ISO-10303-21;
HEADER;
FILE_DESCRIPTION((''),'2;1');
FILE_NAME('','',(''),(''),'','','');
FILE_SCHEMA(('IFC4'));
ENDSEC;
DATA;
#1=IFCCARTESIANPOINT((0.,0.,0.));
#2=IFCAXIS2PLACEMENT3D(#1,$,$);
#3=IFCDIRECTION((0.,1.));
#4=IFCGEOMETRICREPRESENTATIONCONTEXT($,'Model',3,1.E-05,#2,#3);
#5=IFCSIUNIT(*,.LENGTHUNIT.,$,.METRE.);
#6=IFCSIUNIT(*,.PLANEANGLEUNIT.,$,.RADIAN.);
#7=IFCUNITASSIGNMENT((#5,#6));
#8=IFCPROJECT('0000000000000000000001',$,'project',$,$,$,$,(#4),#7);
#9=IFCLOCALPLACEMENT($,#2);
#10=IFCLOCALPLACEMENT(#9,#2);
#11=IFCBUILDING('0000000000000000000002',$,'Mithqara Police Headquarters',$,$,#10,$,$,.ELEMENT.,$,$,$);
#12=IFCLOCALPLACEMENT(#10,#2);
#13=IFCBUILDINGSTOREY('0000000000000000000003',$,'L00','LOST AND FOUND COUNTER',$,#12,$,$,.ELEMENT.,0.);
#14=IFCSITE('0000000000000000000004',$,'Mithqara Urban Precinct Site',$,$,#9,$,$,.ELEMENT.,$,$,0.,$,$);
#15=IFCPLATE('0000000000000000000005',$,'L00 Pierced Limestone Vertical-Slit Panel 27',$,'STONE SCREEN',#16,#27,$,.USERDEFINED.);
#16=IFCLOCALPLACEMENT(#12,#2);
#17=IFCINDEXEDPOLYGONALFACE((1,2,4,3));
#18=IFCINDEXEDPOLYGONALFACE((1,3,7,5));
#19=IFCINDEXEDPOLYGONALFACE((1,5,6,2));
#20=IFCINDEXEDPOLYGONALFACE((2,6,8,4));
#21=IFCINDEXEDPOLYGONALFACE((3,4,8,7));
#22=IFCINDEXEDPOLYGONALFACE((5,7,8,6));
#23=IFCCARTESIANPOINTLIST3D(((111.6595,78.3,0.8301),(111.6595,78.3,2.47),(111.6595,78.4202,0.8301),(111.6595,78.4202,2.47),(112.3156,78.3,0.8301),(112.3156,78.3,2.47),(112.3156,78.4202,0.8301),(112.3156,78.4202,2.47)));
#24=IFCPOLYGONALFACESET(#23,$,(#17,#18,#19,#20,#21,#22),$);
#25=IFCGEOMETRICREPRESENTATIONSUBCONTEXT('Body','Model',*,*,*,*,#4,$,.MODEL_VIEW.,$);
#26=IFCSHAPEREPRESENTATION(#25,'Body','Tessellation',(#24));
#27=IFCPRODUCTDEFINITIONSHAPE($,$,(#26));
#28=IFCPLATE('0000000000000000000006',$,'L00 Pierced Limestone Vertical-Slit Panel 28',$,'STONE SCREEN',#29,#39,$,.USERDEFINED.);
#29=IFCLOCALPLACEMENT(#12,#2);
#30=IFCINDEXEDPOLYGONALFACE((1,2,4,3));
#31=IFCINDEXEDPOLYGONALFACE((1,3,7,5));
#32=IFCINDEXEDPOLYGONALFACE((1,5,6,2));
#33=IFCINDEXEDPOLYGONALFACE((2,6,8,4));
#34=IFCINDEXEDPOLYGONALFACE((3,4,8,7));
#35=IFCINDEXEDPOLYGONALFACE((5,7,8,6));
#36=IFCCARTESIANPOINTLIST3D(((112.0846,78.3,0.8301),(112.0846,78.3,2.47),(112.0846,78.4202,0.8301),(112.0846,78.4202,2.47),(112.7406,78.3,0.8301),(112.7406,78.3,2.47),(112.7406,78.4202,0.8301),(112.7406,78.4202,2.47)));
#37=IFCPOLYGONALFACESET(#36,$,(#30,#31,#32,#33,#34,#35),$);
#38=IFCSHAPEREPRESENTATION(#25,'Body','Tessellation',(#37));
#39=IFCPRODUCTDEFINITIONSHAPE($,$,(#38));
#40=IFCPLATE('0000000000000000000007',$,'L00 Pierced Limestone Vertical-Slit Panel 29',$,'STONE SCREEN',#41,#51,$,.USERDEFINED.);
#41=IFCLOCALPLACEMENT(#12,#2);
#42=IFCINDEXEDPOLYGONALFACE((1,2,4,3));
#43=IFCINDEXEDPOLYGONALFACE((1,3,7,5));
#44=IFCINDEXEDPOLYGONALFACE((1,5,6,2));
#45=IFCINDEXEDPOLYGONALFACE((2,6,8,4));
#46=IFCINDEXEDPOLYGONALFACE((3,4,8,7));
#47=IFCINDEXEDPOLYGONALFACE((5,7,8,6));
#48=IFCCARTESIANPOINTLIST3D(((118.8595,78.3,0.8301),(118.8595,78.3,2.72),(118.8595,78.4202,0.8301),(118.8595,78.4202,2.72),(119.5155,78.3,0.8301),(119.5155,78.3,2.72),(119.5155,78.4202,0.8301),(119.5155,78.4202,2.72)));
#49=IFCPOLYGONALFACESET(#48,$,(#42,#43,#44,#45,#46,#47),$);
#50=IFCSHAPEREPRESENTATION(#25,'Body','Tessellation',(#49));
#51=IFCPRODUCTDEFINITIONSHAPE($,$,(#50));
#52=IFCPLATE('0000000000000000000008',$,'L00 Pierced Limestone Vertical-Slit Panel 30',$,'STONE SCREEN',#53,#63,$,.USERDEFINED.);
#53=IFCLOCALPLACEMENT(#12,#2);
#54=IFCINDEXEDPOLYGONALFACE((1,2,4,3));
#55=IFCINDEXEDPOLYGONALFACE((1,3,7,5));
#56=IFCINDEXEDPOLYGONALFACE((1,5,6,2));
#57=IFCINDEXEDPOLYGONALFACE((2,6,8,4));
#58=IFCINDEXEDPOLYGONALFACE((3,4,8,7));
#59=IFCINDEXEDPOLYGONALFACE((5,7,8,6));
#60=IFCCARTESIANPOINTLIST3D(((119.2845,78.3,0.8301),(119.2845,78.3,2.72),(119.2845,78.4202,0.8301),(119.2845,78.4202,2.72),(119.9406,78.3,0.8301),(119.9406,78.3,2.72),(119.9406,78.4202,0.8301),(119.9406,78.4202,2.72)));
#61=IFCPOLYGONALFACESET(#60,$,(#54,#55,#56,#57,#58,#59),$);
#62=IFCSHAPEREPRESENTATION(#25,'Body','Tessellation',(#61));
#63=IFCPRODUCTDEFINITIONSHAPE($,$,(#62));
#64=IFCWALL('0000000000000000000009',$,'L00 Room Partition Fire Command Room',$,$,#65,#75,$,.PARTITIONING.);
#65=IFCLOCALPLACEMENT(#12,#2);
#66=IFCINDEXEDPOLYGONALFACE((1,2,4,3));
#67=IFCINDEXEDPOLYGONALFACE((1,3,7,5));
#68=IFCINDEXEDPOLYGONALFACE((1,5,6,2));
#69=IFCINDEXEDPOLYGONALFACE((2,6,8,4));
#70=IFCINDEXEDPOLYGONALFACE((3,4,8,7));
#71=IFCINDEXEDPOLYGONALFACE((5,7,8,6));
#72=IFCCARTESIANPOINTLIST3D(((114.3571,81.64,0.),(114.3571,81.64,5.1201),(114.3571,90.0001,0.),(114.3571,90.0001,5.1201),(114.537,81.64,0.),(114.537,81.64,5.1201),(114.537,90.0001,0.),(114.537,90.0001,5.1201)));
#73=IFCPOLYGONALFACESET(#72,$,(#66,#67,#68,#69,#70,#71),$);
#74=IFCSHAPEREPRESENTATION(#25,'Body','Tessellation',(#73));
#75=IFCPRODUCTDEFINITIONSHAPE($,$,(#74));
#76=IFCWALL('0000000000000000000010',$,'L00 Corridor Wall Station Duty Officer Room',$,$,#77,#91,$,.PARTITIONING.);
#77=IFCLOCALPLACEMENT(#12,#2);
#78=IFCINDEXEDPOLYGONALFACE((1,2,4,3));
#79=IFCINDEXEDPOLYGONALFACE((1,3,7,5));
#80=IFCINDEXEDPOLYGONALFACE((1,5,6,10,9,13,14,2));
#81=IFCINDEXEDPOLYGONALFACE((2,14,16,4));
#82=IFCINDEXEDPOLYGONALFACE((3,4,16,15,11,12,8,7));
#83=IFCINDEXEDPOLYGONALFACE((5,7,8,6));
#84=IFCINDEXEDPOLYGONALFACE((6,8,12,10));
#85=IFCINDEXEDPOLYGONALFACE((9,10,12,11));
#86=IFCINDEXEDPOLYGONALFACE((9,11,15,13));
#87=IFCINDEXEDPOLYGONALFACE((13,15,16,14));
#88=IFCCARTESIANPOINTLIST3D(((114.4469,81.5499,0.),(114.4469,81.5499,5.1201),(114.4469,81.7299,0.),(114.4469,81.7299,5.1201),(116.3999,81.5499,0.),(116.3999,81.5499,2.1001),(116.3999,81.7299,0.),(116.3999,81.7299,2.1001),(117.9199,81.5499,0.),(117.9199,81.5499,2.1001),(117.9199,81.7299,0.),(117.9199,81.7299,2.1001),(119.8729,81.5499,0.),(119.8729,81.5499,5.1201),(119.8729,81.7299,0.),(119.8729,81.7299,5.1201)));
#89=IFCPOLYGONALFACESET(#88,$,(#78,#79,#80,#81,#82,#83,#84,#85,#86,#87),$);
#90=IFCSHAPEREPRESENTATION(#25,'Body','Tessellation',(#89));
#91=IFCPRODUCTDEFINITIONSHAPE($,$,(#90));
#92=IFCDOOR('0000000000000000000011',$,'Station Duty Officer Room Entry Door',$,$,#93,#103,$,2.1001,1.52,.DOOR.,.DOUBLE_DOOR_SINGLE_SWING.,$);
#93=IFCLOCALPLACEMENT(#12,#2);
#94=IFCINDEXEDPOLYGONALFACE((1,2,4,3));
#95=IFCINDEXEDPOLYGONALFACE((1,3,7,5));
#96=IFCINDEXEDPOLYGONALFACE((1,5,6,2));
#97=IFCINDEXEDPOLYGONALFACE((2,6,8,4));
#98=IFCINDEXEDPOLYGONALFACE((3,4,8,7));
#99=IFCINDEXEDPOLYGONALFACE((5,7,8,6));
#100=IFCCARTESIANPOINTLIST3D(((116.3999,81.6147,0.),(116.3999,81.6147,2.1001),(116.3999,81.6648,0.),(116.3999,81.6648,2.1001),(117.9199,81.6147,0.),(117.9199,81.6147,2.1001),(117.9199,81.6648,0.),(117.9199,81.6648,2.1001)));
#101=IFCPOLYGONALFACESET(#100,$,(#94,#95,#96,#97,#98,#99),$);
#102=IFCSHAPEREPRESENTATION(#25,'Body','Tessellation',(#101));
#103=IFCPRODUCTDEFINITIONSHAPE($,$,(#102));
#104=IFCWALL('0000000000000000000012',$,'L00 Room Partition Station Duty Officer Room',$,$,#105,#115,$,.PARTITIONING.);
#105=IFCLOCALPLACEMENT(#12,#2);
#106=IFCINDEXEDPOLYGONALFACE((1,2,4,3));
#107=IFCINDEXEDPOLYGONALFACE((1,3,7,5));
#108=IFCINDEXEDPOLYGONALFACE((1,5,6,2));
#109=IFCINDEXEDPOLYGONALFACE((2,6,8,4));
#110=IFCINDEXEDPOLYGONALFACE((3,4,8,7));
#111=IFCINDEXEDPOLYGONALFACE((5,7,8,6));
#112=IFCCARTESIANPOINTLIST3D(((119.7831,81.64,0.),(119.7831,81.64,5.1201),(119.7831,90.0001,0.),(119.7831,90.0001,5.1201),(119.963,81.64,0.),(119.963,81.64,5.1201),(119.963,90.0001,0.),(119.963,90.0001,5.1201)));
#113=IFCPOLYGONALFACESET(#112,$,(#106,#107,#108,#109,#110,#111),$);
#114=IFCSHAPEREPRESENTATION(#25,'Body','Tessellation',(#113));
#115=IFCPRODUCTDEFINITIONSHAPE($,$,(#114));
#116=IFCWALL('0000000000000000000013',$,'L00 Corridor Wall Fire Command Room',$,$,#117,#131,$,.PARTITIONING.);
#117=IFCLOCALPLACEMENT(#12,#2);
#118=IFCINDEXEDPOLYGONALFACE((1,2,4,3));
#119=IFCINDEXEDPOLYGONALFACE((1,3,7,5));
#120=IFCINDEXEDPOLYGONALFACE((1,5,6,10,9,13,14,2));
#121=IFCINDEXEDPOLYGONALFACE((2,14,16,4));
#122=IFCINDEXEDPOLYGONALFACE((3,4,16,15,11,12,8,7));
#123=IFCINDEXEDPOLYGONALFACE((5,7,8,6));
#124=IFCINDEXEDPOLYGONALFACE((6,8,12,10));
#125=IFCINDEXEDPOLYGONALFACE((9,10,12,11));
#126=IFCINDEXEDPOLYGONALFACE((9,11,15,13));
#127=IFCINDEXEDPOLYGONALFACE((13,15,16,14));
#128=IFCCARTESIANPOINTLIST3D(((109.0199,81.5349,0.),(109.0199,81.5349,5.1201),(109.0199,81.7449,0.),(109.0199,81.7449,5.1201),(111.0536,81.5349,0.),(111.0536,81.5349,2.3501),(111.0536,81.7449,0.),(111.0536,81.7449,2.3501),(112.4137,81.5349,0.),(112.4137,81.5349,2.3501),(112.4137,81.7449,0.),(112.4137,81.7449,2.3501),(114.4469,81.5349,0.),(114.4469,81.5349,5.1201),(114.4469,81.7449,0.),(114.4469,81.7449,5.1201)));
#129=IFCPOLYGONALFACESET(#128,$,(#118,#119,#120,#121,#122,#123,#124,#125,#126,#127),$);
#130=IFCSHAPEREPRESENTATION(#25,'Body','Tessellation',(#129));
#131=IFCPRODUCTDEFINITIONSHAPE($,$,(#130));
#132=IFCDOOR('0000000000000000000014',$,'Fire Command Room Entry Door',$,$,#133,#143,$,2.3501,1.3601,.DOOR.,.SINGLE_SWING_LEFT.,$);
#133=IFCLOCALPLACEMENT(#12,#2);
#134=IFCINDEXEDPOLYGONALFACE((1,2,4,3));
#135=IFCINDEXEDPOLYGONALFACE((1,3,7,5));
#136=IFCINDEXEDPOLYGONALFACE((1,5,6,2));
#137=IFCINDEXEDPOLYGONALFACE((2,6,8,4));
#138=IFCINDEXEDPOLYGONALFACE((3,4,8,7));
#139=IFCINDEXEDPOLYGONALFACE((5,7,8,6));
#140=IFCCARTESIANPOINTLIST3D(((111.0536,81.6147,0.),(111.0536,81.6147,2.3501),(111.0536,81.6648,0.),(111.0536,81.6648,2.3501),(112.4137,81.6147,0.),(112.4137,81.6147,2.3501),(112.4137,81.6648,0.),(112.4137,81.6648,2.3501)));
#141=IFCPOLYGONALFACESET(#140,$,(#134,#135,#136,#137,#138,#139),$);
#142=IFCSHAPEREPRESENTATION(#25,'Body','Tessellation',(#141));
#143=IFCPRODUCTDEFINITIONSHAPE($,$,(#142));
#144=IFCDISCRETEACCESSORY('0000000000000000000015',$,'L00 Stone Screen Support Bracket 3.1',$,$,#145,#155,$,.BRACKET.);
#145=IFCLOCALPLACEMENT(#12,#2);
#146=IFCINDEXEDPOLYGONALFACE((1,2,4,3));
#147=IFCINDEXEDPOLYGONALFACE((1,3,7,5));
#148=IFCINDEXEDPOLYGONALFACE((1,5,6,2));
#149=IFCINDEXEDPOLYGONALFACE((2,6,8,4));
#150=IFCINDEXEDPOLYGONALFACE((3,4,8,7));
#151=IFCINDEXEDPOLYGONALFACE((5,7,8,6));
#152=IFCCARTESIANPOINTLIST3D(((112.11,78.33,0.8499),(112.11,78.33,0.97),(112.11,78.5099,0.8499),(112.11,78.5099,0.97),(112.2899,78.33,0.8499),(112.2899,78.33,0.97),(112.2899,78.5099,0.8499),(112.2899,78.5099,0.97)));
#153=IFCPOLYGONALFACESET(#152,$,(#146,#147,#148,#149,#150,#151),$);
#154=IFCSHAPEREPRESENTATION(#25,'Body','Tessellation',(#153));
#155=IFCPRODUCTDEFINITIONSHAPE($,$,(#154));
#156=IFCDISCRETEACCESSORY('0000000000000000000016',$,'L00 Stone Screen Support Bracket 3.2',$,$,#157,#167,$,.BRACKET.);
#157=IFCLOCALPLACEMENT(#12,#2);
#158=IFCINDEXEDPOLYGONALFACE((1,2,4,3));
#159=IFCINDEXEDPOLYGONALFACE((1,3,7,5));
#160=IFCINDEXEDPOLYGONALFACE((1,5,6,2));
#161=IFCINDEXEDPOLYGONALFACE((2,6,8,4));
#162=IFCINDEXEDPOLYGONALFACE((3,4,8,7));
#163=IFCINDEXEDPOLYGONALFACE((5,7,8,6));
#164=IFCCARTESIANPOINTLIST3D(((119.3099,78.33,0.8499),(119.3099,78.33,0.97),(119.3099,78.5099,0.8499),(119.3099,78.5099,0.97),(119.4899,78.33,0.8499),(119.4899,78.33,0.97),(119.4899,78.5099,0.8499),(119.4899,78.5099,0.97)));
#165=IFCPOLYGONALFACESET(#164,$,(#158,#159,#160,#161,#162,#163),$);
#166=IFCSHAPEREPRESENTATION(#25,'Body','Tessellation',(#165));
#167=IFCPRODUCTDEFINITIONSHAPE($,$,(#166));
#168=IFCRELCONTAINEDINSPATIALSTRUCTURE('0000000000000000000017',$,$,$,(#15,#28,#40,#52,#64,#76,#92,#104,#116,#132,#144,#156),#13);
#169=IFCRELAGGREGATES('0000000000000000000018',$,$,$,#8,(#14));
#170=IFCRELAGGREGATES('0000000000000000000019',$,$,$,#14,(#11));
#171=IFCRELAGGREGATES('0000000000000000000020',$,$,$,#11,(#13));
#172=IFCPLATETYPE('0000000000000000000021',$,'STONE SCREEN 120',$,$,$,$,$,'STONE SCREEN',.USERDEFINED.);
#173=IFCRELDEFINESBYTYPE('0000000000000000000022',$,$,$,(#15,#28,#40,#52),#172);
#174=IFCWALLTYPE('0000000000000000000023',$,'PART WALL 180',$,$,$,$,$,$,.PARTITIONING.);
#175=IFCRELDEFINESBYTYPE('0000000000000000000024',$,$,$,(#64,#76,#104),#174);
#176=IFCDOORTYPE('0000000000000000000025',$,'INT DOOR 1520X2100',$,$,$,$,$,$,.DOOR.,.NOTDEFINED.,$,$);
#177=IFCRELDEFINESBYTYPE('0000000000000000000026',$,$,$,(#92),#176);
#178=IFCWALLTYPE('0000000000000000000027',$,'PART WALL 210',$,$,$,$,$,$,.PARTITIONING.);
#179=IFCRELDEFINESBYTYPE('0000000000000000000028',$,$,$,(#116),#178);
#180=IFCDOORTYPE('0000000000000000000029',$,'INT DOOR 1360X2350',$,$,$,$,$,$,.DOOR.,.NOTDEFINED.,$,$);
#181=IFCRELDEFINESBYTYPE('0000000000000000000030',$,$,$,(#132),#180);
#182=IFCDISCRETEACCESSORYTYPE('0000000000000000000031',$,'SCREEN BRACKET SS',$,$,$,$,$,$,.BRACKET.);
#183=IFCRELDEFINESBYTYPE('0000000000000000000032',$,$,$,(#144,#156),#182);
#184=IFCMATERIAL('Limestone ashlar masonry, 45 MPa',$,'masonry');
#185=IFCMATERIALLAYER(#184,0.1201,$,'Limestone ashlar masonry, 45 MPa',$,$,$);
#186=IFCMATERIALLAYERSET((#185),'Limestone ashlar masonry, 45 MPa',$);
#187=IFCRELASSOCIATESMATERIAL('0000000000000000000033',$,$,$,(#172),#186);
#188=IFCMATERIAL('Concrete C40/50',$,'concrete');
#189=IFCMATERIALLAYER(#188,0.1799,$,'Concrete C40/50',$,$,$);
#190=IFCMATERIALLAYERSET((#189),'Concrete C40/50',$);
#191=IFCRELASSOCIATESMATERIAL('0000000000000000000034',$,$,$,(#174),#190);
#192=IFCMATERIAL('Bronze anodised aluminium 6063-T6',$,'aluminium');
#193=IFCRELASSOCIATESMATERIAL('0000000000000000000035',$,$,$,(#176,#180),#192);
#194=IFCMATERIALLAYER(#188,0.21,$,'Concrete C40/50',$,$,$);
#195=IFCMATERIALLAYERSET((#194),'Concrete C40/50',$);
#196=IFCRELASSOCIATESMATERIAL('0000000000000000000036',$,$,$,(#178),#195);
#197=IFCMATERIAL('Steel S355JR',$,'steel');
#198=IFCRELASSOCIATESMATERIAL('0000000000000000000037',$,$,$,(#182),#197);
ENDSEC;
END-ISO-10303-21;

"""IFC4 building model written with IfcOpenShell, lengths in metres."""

from ifc_helpers import new_model, si_unit, direction, frame, frame_2d, origin, origin_2d, place, context, subcontext, project, spatial, rectangle, extrude, material, layer, layer_set, type_object, element, fill, save


model = new_model("IFC4")

# Units and contexts
model_context = context("Model", 3, precision=1e-05, world=origin(), true_north=direction((0.0, 1.0)))
body_context = subcontext(model_context, "Body", "Model", "MODEL_VIEW")
ifc_project = project(units=[si_unit("LENGTHUNIT", "METRE"), si_unit("PLANEANGLEUNIT", "RADIAN")], contexts=[model_context])

# Site, building, storey
site_placement = place(None, origin())
site = spatial("IfcSite", under=ifc_project, at=site_placement, Name="Mithqara Urban Precinct Site", CompositionType="ELEMENT", RefElevation=0.0)
building_placement = place(site_placement, origin())
building = spatial("IfcBuilding", under=site, at=building_placement, Name="Mithqara Police Headquarters", CompositionType="ELEMENT")
storey_placement = place(building_placement, origin())
storey = spatial("IfcBuildingStorey", under=building, at=storey_placement, Name="L00", Description="LOST AND FOUND COUNTER", CompositionType="ELEMENT", Elevation=0.0)

# Shared definitions
ifc_material_1 = material(Name="Steel S355JR", Category="steel")
ifc_material_2 = material(Name="Concrete C40/50", Category="concrete")

# Plates
ifc_material_3 = material(Name="Limestone ashlar masonry, 45 MPa", Category="masonry")
ifc_layer_1 = layer(ifc_material_3, 0.1201, Name="Limestone ashlar masonry, 45 MPa")
ifc_layer_set_1 = layer_set([ifc_layer_1], Name="Limestone ashlar masonry, 45 MPa")
plate_type = type_object("IfcPlateType", Name="STONE SCREEN 120", ElementType="STONE SCREEN", PredefinedType="USERDEFINED", material=ifc_layer_set_1)
for number, where, z_axis, x_axis, name in (
    (1, (111.9875, 78.3601, 0.8301), (0.0, 0.0, 1.0), (1.0, 0.0, 0.0), "L00 Pierced Limestone Vertical-Slit Panel 27"),
    (2, (112.4126, 78.3601, 0.8301), (0.0, 0.0, 1.0), (1.0, 0.0, 0.0), "L00 Pierced Limestone Vertical-Slit Panel 28"),
):
    element("IfcPlate", number, at=place(storey_placement, frame(where, z_axis=z_axis, x_axis=x_axis)), inside=storey, type_object=plate_type, Name=name, ObjectType="STONE SCREEN", PredefinedType="USERDEFINED", context=body_context, shape_type="SweptSolid", body=[
        extrude(rectangle(XDim=0.656, YDim=0.1201, at=origin_2d()), origin(), (0.0, 0.0, 1.0), 1.6399),
    ])
for number, where, z_axis, x_axis, name in (
    (3, (119.1875, 78.3601, 0.8301), (0.0, 0.0, 1.0), (1.0, 0.0, 0.0), "L00 Pierced Limestone Vertical-Slit Panel 29"),
    (4, (119.6125, 78.3601, 0.8301), (0.0, 0.0, 1.0), (1.0, 0.0, 0.0), "L00 Pierced Limestone Vertical-Slit Panel 30"),
):
    element("IfcPlate", number, at=place(storey_placement, frame(where, z_axis=z_axis, x_axis=x_axis)), inside=storey, type_object=plate_type, Name=name, ObjectType="STONE SCREEN", PredefinedType="USERDEFINED", context=body_context, shape_type="SweptSolid", body=[
        extrude(rectangle(XDim=0.656, YDim=0.1201, at=origin_2d()), origin(), (0.0, 0.0, 1.0), 1.8899),
    ])

# Wall
ifc_layer_2 = layer(ifc_material_2, 0.1799, Name="Concrete C40/50")
ifc_layer_set_2 = layer_set([ifc_layer_2], Name="Concrete C40/50")
wall_type_1 = type_object("IfcWallType", Name="PART WALL 180", PredefinedType="PARTITIONING", material=ifc_layer_set_2)
wall_1_placement = place(storey_placement, frame((114.447, 81.6399, 0.0), z_axis=(0.0, 0.0, 1.0), x_axis=(0.0, 1.0, 0.0)))
element("IfcWall", 5, at=wall_1_placement, inside=storey, type_object=wall_type_1, Name="L00 Room Partition Fire Command Room", PredefinedType="PARTITIONING", context=body_context, shape_type="SweptSolid", body=[
    extrude(rectangle(XDim=8.3601, YDim=0.1799, at=frame_2d((4.1802, 0.0))), origin(), (0.0, 0.0, 1.0), 5.1201),
])

# Wall, opening, door
wall_2_placement = place(storey_placement, frame((114.447, 81.6399, 0.0), z_axis=(0.0, 0.0, 1.0), x_axis=(1.0, 0.0, 0.0)))
wall_2 = element("IfcWall", 6, at=wall_2_placement, inside=storey, type_object=wall_type_1, Name="L00 Corridor Wall Station Duty Officer Room", PredefinedType="PARTITIONING", context=body_context, shape_type="SweptSolid", body=[
    extrude(rectangle(XDim=5.426, YDim=0.1799, at=frame_2d((2.7129, 0.0))), origin(), (0.0, 0.0, 1.0), 5.1201),
])
opening_1_placement = place(wall_2_placement, frame((1.9529, 0.0, 0.0)))
opening_1 = element("IfcOpeningElement", 7, at=opening_1_placement, cuts=wall_2, PredefinedType="OPENING", context=body_context, shape_type="SweptSolid", body=[
    extrude(rectangle(XDim=1.52, YDim=2.1001, at=frame_2d((0.76, 1.05))), frame((0.0, 0.1001, 0.0), z_axis=(0.0, -1.0, 0.0), x_axis=(1.0, 0.0, 0.0)), (0.0, 0.0, 1.0), 0.2),
])
ifc_material_4 = material(Name="Bronze anodised aluminium 6063-T6", Category="aluminium")
door_type_1 = type_object("IfcDoorType", Name="INT DOOR 1520X2100", OperationType="NOTDEFINED", PredefinedType="DOOR", material=ifc_material_4)
door_1_placement = place(opening_1_placement, origin())
door_1 = element("IfcDoor", 8, at=door_1_placement, inside=storey, type_object=door_type_1, Name="Station Duty Officer Room Entry Door", OperationType="DOUBLE_DOOR_SINGLE_SWING", OverallHeight=2.1001, OverallWidth=1.52, PredefinedType="DOOR", context=body_context, shape_type="SweptSolid", body=[
    extrude(rectangle(XDim=1.52, YDim=2.1001, at=frame_2d((0.76, 1.05))), frame((0.0, 0.0249, 0.0), z_axis=(0.0, -1.0, 0.0), x_axis=(1.0, 0.0, 0.0)), (0.0, 0.0, 1.0), 0.05),
])
fill(opening_1, door_1)

# Wall
wall_3_placement = place(storey_placement, frame((119.873, 81.6399, 0.0), z_axis=(0.0, 0.0, 1.0), x_axis=(0.0, 1.0, 0.0)))
element("IfcWall", 9, at=wall_3_placement, inside=storey, type_object=wall_type_1, Name="L00 Room Partition Station Duty Officer Room", PredefinedType="PARTITIONING", context=body_context, shape_type="SweptSolid", body=[
    extrude(rectangle(XDim=8.3601, YDim=0.1799, at=frame_2d((4.1802, 0.0))), origin(), (0.0, 0.0, 1.0), 5.1201),
])

# Wall, opening, door
ifc_layer_3 = layer(ifc_material_2, 0.21, Name="Concrete C40/50")
ifc_layer_set_3 = layer_set([ifc_layer_3], Name="Concrete C40/50")
wall_type_2 = type_object("IfcWallType", Name="PART WALL 210", PredefinedType="PARTITIONING", material=ifc_layer_set_3)
wall_4_placement = place(storey_placement, frame((109.02, 81.6399, 0.0), z_axis=(0.0, 0.0, 1.0), x_axis=(1.0, 0.0, 0.0)))
wall_4 = element("IfcWall", 10, at=wall_4_placement, inside=storey, type_object=wall_type_2, Name="L00 Corridor Wall Fire Command Room", PredefinedType="PARTITIONING", context=body_context, shape_type="SweptSolid", body=[
    extrude(rectangle(XDim=5.427, YDim=0.21, at=frame_2d((2.7134, 0.0))), origin(), (0.0, 0.0, 1.0), 5.1201),
])
opening_2_placement = place(wall_4_placement, frame((2.0334, 0.0, 0.0)))
opening_2 = element("IfcOpeningElement", 11, at=opening_2_placement, cuts=wall_4, PredefinedType="OPENING", context=body_context, shape_type="SweptSolid", body=[
    extrude(rectangle(XDim=1.3601, YDim=2.3501, at=frame_2d((0.6802, 1.175))), frame((0.0, 0.115, 0.0), z_axis=(0.0, -1.0, 0.0), x_axis=(1.0, 0.0, 0.0)), (0.0, 0.0, 1.0), 0.23),
])
door_type_2 = type_object("IfcDoorType", Name="INT DOOR 1360X2350", OperationType="NOTDEFINED", PredefinedType="DOOR", material=ifc_material_4)
door_2_placement = place(opening_2_placement, origin())
door_2 = element("IfcDoor", 12, at=door_2_placement, inside=storey, type_object=door_type_2, Name="Fire Command Room Entry Door", OperationType="SINGLE_SWING_LEFT", OverallHeight=2.3501, OverallWidth=1.3601, PredefinedType="DOOR", context=body_context, shape_type="SweptSolid", body=[
    extrude(rectangle(XDim=1.3601, YDim=2.3501, at=frame_2d((0.6802, 1.175))), frame((0.0, 0.0249, 0.0), z_axis=(0.0, -1.0, 0.0), x_axis=(1.0, 0.0, 0.0)), (0.0, 0.0, 1.0), 0.05),
])
fill(opening_2, door_2)

# Discrete accessories
discrete_accessory_type = type_object("IfcDiscreteAccessoryType", Name="SCREEN BRACKET SS", PredefinedType="BRACKET", material=ifc_material_1)
for number, where, z_axis, x_axis, name in (
    (13, (112.2, 78.4199, 0.8499), (0.0, 0.0, 1.0), (1.0, 0.0, 0.0), "L00 Stone Screen Support Bracket 3.1"),
    (14, (119.3999, 78.4199, 0.8499), (0.0, 0.0, 1.0), (1.0, 0.0, 0.0), "L00 Stone Screen Support Bracket 3.2"),
):
    element("IfcDiscreteAccessory", number, at=place(storey_placement, frame(where, z_axis=z_axis, x_axis=x_axis)), inside=storey, type_object=discrete_accessory_type, Name=name, PredefinedType="BRACKET", context=body_context, shape_type="SweptSolid", body=[
        extrude(rectangle(XDim=0.1799, YDim=0.1799, at=origin_2d()), origin(), (0.0, 0.0, 1.0), 0.1201),
    ])

save(model, "model.ifc")
